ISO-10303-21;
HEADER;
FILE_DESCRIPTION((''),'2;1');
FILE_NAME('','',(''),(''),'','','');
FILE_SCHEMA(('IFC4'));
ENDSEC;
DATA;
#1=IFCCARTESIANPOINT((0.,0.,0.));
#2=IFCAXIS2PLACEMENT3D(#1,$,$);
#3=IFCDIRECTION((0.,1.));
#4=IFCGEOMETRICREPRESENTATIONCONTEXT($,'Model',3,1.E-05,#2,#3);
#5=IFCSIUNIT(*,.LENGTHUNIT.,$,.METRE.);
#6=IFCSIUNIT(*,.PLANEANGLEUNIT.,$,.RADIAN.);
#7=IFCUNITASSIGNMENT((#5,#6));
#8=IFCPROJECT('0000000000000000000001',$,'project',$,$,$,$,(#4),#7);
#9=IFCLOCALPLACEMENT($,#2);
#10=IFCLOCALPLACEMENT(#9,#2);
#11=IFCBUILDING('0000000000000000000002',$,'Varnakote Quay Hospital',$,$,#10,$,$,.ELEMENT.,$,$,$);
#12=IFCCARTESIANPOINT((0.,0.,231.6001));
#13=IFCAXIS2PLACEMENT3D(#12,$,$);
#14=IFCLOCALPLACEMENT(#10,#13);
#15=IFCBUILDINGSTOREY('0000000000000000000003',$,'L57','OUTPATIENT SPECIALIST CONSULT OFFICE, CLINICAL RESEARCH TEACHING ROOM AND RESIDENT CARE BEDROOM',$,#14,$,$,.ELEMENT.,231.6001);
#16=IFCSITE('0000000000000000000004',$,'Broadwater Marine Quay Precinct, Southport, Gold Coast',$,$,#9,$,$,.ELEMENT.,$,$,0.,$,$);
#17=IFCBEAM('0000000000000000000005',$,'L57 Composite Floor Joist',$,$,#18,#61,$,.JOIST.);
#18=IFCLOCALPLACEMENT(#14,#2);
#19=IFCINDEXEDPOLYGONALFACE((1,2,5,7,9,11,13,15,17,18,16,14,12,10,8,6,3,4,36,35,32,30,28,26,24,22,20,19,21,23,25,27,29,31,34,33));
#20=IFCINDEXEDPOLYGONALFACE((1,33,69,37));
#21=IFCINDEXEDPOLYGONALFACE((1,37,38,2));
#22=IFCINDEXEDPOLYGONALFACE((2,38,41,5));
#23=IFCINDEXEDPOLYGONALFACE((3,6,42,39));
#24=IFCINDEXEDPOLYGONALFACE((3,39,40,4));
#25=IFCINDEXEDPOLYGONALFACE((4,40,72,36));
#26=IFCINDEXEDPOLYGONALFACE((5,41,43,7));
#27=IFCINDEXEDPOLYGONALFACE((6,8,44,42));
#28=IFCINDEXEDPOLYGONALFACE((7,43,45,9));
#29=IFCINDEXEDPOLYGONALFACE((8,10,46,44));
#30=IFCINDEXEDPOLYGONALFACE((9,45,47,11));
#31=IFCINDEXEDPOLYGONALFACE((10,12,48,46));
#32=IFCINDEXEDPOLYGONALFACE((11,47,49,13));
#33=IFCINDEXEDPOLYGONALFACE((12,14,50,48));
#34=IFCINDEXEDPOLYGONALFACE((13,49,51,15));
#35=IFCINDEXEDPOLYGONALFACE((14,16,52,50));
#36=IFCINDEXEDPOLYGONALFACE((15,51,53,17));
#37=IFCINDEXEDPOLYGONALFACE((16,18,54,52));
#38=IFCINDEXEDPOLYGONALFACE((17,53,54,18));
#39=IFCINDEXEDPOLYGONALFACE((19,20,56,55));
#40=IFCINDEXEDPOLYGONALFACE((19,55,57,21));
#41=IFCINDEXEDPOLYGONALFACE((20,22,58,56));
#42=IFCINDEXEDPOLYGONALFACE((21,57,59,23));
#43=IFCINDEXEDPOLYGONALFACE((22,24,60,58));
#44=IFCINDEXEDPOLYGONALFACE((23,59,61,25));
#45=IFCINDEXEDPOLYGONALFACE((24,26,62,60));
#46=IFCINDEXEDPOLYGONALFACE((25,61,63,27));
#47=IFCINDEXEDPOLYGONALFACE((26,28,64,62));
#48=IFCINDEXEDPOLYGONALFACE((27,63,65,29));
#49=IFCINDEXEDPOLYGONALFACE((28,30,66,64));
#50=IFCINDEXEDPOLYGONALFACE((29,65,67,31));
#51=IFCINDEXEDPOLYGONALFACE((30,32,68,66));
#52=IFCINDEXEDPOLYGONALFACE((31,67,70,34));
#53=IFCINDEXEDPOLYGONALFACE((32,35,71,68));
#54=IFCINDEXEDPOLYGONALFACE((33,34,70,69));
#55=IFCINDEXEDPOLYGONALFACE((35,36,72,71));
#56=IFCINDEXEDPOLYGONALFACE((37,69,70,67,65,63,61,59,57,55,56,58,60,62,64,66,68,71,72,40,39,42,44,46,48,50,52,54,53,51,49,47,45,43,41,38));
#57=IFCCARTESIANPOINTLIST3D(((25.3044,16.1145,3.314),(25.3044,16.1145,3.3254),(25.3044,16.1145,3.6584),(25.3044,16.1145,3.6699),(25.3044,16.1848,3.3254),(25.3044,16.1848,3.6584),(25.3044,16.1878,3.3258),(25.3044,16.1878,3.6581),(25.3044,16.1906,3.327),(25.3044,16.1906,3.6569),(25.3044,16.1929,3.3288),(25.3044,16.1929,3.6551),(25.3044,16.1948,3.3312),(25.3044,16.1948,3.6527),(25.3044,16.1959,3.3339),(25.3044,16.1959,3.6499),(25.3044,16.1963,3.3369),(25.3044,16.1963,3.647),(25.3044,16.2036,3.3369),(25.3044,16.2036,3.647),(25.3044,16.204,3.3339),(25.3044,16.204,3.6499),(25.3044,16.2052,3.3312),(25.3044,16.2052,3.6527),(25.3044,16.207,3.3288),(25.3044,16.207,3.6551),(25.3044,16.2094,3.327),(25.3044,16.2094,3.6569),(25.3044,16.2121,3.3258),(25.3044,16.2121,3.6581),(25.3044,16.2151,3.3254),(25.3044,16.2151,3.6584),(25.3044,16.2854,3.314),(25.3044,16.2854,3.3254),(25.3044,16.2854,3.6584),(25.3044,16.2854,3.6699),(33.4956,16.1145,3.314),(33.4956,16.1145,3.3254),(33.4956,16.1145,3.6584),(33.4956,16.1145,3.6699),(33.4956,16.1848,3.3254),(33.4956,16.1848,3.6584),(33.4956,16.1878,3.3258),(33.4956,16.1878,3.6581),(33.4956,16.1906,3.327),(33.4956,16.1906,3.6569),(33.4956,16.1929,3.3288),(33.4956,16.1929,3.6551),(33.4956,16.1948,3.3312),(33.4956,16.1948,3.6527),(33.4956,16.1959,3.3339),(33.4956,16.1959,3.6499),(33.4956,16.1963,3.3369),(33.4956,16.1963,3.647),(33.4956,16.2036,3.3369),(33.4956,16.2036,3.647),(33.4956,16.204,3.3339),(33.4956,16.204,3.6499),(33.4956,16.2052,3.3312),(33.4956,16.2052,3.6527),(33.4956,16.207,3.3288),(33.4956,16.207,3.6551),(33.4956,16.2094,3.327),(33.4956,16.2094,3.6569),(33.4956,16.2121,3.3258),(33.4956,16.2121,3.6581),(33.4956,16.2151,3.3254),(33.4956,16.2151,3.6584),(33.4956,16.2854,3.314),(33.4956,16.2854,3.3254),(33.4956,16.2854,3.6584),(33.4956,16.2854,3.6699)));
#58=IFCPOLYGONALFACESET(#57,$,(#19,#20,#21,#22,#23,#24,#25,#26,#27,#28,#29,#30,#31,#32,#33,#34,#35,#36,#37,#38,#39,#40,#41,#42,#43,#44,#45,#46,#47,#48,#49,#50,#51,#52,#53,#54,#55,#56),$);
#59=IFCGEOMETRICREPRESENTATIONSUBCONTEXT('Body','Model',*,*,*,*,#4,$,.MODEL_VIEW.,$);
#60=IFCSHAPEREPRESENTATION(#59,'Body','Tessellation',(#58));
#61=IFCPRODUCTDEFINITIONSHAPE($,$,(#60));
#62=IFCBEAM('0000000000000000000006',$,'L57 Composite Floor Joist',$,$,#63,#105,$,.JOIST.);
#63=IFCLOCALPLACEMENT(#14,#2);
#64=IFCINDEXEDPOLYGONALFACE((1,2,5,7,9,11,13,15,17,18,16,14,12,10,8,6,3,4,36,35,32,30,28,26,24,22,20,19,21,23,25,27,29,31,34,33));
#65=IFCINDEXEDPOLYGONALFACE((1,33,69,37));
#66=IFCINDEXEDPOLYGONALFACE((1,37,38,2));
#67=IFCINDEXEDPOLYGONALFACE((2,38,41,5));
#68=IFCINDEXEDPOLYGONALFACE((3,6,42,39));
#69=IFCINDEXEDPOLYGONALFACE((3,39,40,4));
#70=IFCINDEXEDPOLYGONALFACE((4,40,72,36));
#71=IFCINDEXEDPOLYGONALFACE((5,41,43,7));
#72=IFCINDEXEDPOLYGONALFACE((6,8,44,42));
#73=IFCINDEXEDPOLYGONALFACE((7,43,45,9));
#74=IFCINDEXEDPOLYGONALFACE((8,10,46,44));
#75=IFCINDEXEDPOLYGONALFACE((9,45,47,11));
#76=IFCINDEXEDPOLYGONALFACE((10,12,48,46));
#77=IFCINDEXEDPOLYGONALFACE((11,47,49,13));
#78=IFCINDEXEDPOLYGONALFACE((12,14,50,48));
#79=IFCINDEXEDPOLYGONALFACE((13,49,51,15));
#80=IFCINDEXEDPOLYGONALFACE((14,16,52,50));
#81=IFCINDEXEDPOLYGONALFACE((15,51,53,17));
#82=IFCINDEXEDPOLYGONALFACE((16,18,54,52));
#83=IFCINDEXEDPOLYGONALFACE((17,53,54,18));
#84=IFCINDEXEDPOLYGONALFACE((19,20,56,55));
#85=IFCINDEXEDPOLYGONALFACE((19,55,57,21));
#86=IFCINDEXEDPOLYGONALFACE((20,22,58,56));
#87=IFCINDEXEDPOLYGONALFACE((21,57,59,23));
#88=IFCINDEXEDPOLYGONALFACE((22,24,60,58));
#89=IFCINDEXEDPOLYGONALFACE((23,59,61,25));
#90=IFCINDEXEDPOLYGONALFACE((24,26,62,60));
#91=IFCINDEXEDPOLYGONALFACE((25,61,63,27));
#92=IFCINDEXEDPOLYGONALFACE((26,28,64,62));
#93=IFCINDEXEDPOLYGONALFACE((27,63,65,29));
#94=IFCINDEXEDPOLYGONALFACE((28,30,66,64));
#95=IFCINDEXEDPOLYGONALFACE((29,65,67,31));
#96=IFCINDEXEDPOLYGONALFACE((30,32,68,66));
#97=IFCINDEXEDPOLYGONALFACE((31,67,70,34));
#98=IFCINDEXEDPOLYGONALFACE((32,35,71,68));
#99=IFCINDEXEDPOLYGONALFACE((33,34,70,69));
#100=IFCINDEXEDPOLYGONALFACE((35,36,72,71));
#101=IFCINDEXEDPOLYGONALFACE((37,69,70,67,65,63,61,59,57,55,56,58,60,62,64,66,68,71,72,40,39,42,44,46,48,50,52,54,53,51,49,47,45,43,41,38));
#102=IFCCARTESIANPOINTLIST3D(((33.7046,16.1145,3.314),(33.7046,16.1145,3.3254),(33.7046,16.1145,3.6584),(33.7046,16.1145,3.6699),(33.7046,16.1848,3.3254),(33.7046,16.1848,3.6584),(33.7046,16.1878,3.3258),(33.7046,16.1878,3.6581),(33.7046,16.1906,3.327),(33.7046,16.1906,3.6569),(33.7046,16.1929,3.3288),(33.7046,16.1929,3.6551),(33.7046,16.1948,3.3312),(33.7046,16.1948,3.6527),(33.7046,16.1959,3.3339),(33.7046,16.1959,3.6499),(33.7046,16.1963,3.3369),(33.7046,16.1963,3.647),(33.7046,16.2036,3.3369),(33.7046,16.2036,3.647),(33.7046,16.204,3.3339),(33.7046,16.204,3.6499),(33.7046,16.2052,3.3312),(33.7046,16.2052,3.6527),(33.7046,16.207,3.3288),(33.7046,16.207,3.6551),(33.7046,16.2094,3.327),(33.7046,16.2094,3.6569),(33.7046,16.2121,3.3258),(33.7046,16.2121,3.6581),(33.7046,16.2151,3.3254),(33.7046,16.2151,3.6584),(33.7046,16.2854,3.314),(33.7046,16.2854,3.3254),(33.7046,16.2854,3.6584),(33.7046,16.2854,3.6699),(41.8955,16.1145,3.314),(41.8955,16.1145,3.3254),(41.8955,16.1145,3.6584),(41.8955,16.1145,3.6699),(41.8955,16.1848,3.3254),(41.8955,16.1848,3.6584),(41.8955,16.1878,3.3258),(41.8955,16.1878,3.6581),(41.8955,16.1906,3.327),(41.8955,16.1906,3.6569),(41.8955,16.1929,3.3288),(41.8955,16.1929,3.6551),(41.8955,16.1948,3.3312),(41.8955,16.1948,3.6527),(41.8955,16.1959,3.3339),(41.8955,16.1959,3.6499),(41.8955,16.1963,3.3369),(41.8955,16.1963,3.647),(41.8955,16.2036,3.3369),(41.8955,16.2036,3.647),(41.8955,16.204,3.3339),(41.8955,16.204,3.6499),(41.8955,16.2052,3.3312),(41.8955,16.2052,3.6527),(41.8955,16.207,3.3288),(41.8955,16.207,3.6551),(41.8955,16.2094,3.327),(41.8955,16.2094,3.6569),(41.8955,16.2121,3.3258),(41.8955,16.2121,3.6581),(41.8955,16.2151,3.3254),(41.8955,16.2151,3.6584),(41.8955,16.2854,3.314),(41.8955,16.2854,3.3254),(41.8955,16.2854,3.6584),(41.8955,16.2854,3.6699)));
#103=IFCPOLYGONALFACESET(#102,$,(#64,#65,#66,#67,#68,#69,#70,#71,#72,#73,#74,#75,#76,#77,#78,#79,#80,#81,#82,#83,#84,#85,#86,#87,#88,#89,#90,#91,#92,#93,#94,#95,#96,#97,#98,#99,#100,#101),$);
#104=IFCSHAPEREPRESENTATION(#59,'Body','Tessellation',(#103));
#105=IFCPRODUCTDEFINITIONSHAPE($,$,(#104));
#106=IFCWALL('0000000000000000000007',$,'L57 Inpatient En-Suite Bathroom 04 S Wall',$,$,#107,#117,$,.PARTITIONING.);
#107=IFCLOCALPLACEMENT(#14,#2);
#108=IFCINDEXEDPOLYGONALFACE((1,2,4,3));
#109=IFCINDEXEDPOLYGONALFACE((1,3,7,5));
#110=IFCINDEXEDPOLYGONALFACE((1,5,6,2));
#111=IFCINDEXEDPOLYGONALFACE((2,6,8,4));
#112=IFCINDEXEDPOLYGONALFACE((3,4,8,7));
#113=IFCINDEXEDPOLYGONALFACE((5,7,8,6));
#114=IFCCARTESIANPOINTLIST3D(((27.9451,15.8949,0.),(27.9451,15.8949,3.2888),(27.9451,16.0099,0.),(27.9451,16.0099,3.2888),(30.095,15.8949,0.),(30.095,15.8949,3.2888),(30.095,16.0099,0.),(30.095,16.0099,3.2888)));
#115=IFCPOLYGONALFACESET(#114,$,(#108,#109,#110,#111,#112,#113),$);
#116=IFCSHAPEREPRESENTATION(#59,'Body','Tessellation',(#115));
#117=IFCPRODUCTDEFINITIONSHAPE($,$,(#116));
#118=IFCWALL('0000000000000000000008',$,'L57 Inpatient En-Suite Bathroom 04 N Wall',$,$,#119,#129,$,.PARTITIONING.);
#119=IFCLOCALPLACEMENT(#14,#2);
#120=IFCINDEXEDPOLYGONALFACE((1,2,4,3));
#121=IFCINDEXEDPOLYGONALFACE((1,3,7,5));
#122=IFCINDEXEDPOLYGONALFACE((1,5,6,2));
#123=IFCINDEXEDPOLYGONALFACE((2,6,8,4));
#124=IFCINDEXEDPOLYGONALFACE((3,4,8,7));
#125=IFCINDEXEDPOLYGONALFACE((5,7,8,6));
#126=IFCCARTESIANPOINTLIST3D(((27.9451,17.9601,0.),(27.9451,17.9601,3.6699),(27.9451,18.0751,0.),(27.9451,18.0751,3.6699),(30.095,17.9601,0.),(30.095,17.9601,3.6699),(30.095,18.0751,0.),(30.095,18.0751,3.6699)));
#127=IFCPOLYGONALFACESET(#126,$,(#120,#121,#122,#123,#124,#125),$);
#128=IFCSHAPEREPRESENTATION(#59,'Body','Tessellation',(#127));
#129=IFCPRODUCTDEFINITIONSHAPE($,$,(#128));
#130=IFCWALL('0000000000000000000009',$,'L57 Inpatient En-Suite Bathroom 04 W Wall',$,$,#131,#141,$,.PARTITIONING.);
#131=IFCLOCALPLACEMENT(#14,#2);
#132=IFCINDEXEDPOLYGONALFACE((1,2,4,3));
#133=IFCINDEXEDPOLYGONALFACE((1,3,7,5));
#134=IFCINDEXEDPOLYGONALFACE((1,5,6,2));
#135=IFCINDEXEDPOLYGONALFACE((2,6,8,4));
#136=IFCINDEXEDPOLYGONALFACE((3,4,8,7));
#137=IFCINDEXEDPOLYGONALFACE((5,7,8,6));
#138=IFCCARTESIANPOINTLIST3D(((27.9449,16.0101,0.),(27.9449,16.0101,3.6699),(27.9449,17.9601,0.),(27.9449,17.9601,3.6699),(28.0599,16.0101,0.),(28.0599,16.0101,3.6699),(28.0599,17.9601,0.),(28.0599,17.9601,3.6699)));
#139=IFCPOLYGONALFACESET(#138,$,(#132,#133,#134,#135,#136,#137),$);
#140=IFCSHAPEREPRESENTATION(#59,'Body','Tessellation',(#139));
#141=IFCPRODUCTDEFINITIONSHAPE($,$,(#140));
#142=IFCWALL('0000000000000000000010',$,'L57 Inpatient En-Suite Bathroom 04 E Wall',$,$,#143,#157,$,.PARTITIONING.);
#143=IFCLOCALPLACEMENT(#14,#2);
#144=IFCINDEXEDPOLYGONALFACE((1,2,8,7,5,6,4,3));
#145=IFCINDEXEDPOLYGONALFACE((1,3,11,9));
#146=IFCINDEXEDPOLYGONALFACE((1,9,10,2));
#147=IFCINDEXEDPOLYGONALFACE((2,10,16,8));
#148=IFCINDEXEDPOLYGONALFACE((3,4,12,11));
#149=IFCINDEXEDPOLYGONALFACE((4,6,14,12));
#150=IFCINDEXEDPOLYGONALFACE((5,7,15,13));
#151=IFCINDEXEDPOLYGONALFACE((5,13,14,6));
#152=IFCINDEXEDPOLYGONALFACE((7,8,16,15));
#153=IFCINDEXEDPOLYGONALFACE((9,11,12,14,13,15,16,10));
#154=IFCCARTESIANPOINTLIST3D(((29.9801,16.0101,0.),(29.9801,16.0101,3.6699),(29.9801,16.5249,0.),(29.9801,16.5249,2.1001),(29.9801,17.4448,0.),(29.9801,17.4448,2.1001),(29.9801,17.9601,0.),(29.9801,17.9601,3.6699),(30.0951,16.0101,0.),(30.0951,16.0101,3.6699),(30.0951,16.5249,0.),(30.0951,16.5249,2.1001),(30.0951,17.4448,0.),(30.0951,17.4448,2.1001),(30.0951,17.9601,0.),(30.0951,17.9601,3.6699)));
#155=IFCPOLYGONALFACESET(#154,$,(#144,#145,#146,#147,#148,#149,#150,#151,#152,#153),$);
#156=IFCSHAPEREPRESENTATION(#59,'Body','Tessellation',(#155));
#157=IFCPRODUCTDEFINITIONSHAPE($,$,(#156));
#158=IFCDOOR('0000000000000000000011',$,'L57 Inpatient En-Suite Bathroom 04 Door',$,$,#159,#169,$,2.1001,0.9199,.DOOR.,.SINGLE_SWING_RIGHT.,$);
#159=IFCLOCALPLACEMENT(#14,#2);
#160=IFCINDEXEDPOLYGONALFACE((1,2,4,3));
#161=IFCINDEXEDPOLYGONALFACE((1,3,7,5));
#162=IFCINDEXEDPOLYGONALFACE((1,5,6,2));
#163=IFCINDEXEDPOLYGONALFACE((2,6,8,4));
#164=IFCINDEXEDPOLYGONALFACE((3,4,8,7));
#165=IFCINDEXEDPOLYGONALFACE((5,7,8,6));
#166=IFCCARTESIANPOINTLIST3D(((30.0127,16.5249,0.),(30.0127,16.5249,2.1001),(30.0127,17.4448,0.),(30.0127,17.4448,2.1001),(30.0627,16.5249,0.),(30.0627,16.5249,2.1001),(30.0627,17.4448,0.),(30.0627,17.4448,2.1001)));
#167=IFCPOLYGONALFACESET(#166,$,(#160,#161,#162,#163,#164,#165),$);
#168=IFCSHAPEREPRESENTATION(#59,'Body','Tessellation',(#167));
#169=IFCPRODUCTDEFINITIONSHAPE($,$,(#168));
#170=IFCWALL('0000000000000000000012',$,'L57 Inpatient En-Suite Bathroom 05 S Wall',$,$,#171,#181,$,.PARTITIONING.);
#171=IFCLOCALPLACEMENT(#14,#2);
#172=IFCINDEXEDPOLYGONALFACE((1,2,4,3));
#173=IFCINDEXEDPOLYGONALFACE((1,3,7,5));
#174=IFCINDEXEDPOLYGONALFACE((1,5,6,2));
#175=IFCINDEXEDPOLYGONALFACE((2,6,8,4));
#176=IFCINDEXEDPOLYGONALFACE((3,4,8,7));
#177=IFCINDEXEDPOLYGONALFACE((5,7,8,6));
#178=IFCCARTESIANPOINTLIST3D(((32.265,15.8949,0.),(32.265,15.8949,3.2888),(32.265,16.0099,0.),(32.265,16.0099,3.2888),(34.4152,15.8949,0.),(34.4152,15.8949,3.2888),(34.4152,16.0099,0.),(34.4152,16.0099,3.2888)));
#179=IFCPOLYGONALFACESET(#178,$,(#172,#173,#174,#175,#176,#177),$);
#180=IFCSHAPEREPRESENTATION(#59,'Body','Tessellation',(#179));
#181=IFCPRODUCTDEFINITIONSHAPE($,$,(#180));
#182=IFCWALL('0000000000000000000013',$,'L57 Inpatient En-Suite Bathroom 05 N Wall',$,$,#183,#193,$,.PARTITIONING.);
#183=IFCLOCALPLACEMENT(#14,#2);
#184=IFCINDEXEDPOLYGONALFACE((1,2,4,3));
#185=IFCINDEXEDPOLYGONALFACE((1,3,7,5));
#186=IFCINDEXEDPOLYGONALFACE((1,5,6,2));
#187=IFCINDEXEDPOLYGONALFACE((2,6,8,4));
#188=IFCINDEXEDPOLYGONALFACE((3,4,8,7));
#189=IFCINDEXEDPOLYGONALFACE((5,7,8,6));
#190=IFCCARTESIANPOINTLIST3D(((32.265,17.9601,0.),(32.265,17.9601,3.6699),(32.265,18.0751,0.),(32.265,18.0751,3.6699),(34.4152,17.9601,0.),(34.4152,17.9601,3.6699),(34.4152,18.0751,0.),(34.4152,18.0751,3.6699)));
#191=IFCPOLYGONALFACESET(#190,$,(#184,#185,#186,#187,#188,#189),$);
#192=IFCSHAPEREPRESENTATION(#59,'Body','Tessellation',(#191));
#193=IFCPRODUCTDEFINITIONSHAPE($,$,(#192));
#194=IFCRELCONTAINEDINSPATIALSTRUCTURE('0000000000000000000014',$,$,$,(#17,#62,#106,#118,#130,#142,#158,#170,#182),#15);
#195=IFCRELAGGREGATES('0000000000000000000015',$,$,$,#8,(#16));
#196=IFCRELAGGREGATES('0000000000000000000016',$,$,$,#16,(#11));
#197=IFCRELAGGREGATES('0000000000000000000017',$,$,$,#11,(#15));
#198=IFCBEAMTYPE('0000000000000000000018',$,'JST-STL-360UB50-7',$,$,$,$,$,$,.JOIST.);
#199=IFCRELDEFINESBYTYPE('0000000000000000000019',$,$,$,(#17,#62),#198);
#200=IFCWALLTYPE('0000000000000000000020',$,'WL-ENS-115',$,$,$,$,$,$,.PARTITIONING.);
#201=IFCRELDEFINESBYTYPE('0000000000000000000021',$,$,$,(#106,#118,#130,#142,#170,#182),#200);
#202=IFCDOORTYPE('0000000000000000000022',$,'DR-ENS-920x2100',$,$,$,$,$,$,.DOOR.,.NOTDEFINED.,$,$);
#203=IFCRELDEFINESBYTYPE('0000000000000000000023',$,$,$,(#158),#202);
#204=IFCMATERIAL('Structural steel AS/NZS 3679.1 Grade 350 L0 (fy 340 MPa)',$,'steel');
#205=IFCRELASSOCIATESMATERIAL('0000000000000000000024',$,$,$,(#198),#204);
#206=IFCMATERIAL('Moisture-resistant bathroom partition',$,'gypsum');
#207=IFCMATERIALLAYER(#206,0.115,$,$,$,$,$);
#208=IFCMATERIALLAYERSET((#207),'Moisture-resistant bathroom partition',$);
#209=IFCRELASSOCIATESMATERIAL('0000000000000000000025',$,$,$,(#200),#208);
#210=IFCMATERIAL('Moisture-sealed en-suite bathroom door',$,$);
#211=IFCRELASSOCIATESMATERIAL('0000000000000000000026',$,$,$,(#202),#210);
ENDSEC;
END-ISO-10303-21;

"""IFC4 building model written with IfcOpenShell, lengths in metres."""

from ifc_helpers import new_model, si_unit, direction, frame, frame_2d, origin, origin_2d, place, context, subcontext, project, spatial, rectangle, i_section, extrude, material, layer, layer_set, material_profile, profile_set, type_object, element, fill, save


model = new_model("IFC4")

# Units and contexts
model_context = context("Model", 3, precision=1e-05, world=origin(), true_north=direction((0.0, 1.0)))
body_context = subcontext(model_context, "Body", "Model", "MODEL_VIEW")
ifc_project = project(units=[si_unit("LENGTHUNIT", "METRE"), si_unit("PLANEANGLEUNIT", "RADIAN")], contexts=[model_context])

# Site, building, storey
site_placement = place(None, origin())
site = spatial("IfcSite", under=ifc_project, at=site_placement, Name="Broadwater Marine Quay Precinct, Southport, Gold Coast", CompositionType="ELEMENT", RefElevation=0.0)
building_placement = place(site_placement, origin())
building = spatial("IfcBuilding", under=site, at=building_placement, Name="Varnakote Quay Hospital", CompositionType="ELEMENT")
storey_placement = place(building_placement, frame((0.0, 0.0, 231.6001)))
storey = spatial("IfcBuildingStorey", under=building, at=storey_placement, Name="L57", Description="OUTPATIENT SPECIALIST CONSULT OFFICE, CLINICAL RESEARCH TEACHING ROOM AND RESIDENT CARE BEDROOM", CompositionType="ELEMENT", Elevation=231.6001)

# Beams
ifc_material_1 = material(Name="Structural steel AS/NZS 3679.1 Grade 350 L0 (fy 340 MPa)", Category="steel")
ifc_material_profile = material_profile(ifc_material_1, i_section(OverallWidth=0.1709, OverallDepth=0.356, WebThickness=0.0073, FlangeThickness=0.0115, FilletRadius=0.0115, at=origin_2d()), Name="360UB50.7")
ifc_profile_set = profile_set([ifc_material_profile], Name="Structural steel AS/NZS 3679.1 Grade 350 L0 (fy 340 MPa)")
beam_type = type_object("IfcBeamType", Name="JST-STL-360UB50-7", PredefinedType="JOIST", material=ifc_profile_set)
beam_1_placement = place(storey_placement, frame((25.3044, 16.2, 3.4919), z_axis=(1.0, 0.0, 0.0), x_axis=(0.0, 1.0, 0.0)))
element("IfcBeam", 1, at=beam_1_placement, inside=storey, type_object=beam_type, Name="L57 Composite Floor Joist", PredefinedType="JOIST", context=body_context, shape_type="SweptSolid", body=[
    extrude(i_section(OverallWidth=0.1709, OverallDepth=0.356, WebThickness=0.0073, FlangeThickness=0.0115, FilletRadius=0.0115, at=origin_2d()), origin(), (0.0, 0.0, 1.0), 8.1912),
])
beam_2_placement = place(storey_placement, frame((33.7046, 16.2, 3.4919), z_axis=(1.0, 0.0, 0.0), x_axis=(0.0, 1.0, 0.0)))
element("IfcBeam", 2, at=beam_2_placement, inside=storey, type_object=beam_type, Name="L57 Composite Floor Joist", PredefinedType="JOIST", context=body_context, shape_type="SweptSolid", body=[
    extrude(i_section(OverallWidth=0.1709, OverallDepth=0.356, WebThickness=0.0073, FlangeThickness=0.0115, FilletRadius=0.0115, at=origin_2d()), origin(), (0.0, 0.0, 1.0), 8.1909),
])

# Walls
ifc_material_2 = material(Name="Moisture-resistant bathroom partition", Category="gypsum")
ifc_layer_1 = layer(ifc_material_2, 0.115)
ifc_layer_set_1 = layer_set([ifc_layer_1], Name="Moisture-resistant bathroom partition")
wall_type_1 = type_object("IfcWallType", Name="WL-ENS-115", PredefinedType="PARTITIONING", material=ifc_layer_set_1)
wall_1_placement = place(storey_placement, frame((27.9451, 15.9524, 0.0), z_axis=(0.0, 0.0, 1.0), x_axis=(1.0, 0.0, 0.0)))
element("IfcWall", 3, at=wall_1_placement, inside=storey, type_object=wall_type_1, Name="L57 Inpatient En-Suite Bathroom 04 S Wall", PredefinedType="PARTITIONING", context=body_context, shape_type="SweptSolid", body=[
    extrude(rectangle(XDim=2.1499, YDim=0.115, at=frame_2d((1.075, 0.0))), origin(), (0.0, 0.0, 1.0), 3.2888),
])
wall_2_placement = place(storey_placement, frame((27.9451, 18.0176, 0.0), z_axis=(0.0, 0.0, 1.0), x_axis=(1.0, 0.0, 0.0)))
element("IfcWall", 4, at=wall_2_placement, inside=storey, type_object=wall_type_1, Name="L57 Inpatient En-Suite Bathroom 04 N Wall", PredefinedType="PARTITIONING", context=body_context, shape_type="SweptSolid", body=[
    extrude(rectangle(XDim=2.1499, YDim=0.115, at=frame_2d((1.075, 0.0))), origin(), (0.0, 0.0, 1.0), 3.6699),
])
wall_3_placement = place(storey_placement, frame((28.0024, 16.01, 0.0), z_axis=(0.0, 0.0, 1.0), x_axis=(0.0, 1.0, 0.0)))
element("IfcWall", 5, at=wall_3_placement, inside=storey, type_object=wall_type_1, Name="L57 Inpatient En-Suite Bathroom 04 W Wall", PredefinedType="PARTITIONING", context=body_context, shape_type="SweptSolid", body=[
    extrude(rectangle(XDim=1.95, YDim=0.115, at=frame_2d((0.9751, 0.0))), origin(), (0.0, 0.0, 1.0), 3.6699),
])

# Wall, opening, door
wall_4_placement = place(storey_placement, frame((30.0376, 16.01, 0.0), z_axis=(0.0, 0.0, 1.0), x_axis=(0.0, 1.0, 0.0)))
wall_4 = element("IfcWall", 6, at=wall_4_placement, inside=storey, type_object=wall_type_1, Name="L57 Inpatient En-Suite Bathroom 04 E Wall", PredefinedType="PARTITIONING", context=body_context, shape_type="SweptSolid", body=[
    extrude(rectangle(XDim=1.95, YDim=0.115, at=frame_2d((0.9751, 0.0))), origin(), (0.0, 0.0, 1.0), 3.6699),
])
opening_1_placement = place(wall_4_placement, frame((0.5149, 0.0, 0.0)))
opening_1 = element("IfcOpeningElement", 7, at=opening_1_placement, cuts=wall_4, PredefinedType="OPENING", context=body_context, shape_type="SweptSolid", body=[
    extrude(rectangle(XDim=0.9199, YDim=2.1001, at=frame_2d((0.46, 1.05))), frame((0.0, 0.0674, 0.0), z_axis=(0.0, -1.0, 0.0), x_axis=(1.0, 0.0, 0.0)), (0.0, 0.0, 1.0), 0.135),
])
ifc_material_3 = material(Name="Moisture-sealed en-suite bathroom door")
door_type_1 = type_object("IfcDoorType", Name="DR-ENS-920x2100", OperationType="NOTDEFINED", PredefinedType="DOOR", material=ifc_material_3)
door_1_placement = place(opening_1_placement, origin())
door_1 = element("IfcDoor", 8, at=door_1_placement, inside=storey, type_object=door_type_1, Name="L57 Inpatient En-Suite Bathroom 04 Door", OperationType="SINGLE_SWING_RIGHT", OverallHeight=2.1001, OverallWidth=0.9199, PredefinedType="DOOR", context=body_context, shape_type="SweptSolid", body=[
    extrude(rectangle(XDim=0.9199, YDim=2.1001, at=frame_2d((0.46, 1.05))), frame((0.0, 0.0249, 0.0), z_axis=(0.0, -1.0, 0.0), x_axis=(1.0, 0.0, 0.0)), (0.0, 0.0, 1.0), 0.05),
])
fill(opening_1, door_1)

# Walls
wall_5_placement = place(storey_placement, frame((32.2649, 15.9524, 0.0), z_axis=(0.0, 0.0, 1.0), x_axis=(1.0, 0.0, 0.0)))
element("IfcWall", 9, at=wall_5_placement, inside=storey, type_object=wall_type_1, Name="L57 Inpatient En-Suite Bathroom 05 S Wall", PredefinedType="PARTITIONING", context=body_context, shape_type="SweptSolid", body=[
    extrude(rectangle(XDim=2.1501, YDim=0.115, at=frame_2d((1.0752, 0.0))), origin(), (0.0, 0.0, 1.0), 3.2888),
])
wall_6_placement = place(storey_placement, frame((32.2649, 18.0176, 0.0), z_axis=(0.0, 0.0, 1.0), x_axis=(1.0, 0.0, 0.0)))
element("IfcWall", 10, at=wall_6_placement, inside=storey, type_object=wall_type_1, Name="L57 Inpatient En-Suite Bathroom 05 N Wall", PredefinedType="PARTITIONING", context=body_context, shape_type="SweptSolid", body=[
    extrude(rectangle(XDim=2.1501, YDim=0.115, at=frame_2d((1.0752, 0.0))), origin(), (0.0, 0.0, 1.0), 3.6699),
])

save(model, "model.ifc")
